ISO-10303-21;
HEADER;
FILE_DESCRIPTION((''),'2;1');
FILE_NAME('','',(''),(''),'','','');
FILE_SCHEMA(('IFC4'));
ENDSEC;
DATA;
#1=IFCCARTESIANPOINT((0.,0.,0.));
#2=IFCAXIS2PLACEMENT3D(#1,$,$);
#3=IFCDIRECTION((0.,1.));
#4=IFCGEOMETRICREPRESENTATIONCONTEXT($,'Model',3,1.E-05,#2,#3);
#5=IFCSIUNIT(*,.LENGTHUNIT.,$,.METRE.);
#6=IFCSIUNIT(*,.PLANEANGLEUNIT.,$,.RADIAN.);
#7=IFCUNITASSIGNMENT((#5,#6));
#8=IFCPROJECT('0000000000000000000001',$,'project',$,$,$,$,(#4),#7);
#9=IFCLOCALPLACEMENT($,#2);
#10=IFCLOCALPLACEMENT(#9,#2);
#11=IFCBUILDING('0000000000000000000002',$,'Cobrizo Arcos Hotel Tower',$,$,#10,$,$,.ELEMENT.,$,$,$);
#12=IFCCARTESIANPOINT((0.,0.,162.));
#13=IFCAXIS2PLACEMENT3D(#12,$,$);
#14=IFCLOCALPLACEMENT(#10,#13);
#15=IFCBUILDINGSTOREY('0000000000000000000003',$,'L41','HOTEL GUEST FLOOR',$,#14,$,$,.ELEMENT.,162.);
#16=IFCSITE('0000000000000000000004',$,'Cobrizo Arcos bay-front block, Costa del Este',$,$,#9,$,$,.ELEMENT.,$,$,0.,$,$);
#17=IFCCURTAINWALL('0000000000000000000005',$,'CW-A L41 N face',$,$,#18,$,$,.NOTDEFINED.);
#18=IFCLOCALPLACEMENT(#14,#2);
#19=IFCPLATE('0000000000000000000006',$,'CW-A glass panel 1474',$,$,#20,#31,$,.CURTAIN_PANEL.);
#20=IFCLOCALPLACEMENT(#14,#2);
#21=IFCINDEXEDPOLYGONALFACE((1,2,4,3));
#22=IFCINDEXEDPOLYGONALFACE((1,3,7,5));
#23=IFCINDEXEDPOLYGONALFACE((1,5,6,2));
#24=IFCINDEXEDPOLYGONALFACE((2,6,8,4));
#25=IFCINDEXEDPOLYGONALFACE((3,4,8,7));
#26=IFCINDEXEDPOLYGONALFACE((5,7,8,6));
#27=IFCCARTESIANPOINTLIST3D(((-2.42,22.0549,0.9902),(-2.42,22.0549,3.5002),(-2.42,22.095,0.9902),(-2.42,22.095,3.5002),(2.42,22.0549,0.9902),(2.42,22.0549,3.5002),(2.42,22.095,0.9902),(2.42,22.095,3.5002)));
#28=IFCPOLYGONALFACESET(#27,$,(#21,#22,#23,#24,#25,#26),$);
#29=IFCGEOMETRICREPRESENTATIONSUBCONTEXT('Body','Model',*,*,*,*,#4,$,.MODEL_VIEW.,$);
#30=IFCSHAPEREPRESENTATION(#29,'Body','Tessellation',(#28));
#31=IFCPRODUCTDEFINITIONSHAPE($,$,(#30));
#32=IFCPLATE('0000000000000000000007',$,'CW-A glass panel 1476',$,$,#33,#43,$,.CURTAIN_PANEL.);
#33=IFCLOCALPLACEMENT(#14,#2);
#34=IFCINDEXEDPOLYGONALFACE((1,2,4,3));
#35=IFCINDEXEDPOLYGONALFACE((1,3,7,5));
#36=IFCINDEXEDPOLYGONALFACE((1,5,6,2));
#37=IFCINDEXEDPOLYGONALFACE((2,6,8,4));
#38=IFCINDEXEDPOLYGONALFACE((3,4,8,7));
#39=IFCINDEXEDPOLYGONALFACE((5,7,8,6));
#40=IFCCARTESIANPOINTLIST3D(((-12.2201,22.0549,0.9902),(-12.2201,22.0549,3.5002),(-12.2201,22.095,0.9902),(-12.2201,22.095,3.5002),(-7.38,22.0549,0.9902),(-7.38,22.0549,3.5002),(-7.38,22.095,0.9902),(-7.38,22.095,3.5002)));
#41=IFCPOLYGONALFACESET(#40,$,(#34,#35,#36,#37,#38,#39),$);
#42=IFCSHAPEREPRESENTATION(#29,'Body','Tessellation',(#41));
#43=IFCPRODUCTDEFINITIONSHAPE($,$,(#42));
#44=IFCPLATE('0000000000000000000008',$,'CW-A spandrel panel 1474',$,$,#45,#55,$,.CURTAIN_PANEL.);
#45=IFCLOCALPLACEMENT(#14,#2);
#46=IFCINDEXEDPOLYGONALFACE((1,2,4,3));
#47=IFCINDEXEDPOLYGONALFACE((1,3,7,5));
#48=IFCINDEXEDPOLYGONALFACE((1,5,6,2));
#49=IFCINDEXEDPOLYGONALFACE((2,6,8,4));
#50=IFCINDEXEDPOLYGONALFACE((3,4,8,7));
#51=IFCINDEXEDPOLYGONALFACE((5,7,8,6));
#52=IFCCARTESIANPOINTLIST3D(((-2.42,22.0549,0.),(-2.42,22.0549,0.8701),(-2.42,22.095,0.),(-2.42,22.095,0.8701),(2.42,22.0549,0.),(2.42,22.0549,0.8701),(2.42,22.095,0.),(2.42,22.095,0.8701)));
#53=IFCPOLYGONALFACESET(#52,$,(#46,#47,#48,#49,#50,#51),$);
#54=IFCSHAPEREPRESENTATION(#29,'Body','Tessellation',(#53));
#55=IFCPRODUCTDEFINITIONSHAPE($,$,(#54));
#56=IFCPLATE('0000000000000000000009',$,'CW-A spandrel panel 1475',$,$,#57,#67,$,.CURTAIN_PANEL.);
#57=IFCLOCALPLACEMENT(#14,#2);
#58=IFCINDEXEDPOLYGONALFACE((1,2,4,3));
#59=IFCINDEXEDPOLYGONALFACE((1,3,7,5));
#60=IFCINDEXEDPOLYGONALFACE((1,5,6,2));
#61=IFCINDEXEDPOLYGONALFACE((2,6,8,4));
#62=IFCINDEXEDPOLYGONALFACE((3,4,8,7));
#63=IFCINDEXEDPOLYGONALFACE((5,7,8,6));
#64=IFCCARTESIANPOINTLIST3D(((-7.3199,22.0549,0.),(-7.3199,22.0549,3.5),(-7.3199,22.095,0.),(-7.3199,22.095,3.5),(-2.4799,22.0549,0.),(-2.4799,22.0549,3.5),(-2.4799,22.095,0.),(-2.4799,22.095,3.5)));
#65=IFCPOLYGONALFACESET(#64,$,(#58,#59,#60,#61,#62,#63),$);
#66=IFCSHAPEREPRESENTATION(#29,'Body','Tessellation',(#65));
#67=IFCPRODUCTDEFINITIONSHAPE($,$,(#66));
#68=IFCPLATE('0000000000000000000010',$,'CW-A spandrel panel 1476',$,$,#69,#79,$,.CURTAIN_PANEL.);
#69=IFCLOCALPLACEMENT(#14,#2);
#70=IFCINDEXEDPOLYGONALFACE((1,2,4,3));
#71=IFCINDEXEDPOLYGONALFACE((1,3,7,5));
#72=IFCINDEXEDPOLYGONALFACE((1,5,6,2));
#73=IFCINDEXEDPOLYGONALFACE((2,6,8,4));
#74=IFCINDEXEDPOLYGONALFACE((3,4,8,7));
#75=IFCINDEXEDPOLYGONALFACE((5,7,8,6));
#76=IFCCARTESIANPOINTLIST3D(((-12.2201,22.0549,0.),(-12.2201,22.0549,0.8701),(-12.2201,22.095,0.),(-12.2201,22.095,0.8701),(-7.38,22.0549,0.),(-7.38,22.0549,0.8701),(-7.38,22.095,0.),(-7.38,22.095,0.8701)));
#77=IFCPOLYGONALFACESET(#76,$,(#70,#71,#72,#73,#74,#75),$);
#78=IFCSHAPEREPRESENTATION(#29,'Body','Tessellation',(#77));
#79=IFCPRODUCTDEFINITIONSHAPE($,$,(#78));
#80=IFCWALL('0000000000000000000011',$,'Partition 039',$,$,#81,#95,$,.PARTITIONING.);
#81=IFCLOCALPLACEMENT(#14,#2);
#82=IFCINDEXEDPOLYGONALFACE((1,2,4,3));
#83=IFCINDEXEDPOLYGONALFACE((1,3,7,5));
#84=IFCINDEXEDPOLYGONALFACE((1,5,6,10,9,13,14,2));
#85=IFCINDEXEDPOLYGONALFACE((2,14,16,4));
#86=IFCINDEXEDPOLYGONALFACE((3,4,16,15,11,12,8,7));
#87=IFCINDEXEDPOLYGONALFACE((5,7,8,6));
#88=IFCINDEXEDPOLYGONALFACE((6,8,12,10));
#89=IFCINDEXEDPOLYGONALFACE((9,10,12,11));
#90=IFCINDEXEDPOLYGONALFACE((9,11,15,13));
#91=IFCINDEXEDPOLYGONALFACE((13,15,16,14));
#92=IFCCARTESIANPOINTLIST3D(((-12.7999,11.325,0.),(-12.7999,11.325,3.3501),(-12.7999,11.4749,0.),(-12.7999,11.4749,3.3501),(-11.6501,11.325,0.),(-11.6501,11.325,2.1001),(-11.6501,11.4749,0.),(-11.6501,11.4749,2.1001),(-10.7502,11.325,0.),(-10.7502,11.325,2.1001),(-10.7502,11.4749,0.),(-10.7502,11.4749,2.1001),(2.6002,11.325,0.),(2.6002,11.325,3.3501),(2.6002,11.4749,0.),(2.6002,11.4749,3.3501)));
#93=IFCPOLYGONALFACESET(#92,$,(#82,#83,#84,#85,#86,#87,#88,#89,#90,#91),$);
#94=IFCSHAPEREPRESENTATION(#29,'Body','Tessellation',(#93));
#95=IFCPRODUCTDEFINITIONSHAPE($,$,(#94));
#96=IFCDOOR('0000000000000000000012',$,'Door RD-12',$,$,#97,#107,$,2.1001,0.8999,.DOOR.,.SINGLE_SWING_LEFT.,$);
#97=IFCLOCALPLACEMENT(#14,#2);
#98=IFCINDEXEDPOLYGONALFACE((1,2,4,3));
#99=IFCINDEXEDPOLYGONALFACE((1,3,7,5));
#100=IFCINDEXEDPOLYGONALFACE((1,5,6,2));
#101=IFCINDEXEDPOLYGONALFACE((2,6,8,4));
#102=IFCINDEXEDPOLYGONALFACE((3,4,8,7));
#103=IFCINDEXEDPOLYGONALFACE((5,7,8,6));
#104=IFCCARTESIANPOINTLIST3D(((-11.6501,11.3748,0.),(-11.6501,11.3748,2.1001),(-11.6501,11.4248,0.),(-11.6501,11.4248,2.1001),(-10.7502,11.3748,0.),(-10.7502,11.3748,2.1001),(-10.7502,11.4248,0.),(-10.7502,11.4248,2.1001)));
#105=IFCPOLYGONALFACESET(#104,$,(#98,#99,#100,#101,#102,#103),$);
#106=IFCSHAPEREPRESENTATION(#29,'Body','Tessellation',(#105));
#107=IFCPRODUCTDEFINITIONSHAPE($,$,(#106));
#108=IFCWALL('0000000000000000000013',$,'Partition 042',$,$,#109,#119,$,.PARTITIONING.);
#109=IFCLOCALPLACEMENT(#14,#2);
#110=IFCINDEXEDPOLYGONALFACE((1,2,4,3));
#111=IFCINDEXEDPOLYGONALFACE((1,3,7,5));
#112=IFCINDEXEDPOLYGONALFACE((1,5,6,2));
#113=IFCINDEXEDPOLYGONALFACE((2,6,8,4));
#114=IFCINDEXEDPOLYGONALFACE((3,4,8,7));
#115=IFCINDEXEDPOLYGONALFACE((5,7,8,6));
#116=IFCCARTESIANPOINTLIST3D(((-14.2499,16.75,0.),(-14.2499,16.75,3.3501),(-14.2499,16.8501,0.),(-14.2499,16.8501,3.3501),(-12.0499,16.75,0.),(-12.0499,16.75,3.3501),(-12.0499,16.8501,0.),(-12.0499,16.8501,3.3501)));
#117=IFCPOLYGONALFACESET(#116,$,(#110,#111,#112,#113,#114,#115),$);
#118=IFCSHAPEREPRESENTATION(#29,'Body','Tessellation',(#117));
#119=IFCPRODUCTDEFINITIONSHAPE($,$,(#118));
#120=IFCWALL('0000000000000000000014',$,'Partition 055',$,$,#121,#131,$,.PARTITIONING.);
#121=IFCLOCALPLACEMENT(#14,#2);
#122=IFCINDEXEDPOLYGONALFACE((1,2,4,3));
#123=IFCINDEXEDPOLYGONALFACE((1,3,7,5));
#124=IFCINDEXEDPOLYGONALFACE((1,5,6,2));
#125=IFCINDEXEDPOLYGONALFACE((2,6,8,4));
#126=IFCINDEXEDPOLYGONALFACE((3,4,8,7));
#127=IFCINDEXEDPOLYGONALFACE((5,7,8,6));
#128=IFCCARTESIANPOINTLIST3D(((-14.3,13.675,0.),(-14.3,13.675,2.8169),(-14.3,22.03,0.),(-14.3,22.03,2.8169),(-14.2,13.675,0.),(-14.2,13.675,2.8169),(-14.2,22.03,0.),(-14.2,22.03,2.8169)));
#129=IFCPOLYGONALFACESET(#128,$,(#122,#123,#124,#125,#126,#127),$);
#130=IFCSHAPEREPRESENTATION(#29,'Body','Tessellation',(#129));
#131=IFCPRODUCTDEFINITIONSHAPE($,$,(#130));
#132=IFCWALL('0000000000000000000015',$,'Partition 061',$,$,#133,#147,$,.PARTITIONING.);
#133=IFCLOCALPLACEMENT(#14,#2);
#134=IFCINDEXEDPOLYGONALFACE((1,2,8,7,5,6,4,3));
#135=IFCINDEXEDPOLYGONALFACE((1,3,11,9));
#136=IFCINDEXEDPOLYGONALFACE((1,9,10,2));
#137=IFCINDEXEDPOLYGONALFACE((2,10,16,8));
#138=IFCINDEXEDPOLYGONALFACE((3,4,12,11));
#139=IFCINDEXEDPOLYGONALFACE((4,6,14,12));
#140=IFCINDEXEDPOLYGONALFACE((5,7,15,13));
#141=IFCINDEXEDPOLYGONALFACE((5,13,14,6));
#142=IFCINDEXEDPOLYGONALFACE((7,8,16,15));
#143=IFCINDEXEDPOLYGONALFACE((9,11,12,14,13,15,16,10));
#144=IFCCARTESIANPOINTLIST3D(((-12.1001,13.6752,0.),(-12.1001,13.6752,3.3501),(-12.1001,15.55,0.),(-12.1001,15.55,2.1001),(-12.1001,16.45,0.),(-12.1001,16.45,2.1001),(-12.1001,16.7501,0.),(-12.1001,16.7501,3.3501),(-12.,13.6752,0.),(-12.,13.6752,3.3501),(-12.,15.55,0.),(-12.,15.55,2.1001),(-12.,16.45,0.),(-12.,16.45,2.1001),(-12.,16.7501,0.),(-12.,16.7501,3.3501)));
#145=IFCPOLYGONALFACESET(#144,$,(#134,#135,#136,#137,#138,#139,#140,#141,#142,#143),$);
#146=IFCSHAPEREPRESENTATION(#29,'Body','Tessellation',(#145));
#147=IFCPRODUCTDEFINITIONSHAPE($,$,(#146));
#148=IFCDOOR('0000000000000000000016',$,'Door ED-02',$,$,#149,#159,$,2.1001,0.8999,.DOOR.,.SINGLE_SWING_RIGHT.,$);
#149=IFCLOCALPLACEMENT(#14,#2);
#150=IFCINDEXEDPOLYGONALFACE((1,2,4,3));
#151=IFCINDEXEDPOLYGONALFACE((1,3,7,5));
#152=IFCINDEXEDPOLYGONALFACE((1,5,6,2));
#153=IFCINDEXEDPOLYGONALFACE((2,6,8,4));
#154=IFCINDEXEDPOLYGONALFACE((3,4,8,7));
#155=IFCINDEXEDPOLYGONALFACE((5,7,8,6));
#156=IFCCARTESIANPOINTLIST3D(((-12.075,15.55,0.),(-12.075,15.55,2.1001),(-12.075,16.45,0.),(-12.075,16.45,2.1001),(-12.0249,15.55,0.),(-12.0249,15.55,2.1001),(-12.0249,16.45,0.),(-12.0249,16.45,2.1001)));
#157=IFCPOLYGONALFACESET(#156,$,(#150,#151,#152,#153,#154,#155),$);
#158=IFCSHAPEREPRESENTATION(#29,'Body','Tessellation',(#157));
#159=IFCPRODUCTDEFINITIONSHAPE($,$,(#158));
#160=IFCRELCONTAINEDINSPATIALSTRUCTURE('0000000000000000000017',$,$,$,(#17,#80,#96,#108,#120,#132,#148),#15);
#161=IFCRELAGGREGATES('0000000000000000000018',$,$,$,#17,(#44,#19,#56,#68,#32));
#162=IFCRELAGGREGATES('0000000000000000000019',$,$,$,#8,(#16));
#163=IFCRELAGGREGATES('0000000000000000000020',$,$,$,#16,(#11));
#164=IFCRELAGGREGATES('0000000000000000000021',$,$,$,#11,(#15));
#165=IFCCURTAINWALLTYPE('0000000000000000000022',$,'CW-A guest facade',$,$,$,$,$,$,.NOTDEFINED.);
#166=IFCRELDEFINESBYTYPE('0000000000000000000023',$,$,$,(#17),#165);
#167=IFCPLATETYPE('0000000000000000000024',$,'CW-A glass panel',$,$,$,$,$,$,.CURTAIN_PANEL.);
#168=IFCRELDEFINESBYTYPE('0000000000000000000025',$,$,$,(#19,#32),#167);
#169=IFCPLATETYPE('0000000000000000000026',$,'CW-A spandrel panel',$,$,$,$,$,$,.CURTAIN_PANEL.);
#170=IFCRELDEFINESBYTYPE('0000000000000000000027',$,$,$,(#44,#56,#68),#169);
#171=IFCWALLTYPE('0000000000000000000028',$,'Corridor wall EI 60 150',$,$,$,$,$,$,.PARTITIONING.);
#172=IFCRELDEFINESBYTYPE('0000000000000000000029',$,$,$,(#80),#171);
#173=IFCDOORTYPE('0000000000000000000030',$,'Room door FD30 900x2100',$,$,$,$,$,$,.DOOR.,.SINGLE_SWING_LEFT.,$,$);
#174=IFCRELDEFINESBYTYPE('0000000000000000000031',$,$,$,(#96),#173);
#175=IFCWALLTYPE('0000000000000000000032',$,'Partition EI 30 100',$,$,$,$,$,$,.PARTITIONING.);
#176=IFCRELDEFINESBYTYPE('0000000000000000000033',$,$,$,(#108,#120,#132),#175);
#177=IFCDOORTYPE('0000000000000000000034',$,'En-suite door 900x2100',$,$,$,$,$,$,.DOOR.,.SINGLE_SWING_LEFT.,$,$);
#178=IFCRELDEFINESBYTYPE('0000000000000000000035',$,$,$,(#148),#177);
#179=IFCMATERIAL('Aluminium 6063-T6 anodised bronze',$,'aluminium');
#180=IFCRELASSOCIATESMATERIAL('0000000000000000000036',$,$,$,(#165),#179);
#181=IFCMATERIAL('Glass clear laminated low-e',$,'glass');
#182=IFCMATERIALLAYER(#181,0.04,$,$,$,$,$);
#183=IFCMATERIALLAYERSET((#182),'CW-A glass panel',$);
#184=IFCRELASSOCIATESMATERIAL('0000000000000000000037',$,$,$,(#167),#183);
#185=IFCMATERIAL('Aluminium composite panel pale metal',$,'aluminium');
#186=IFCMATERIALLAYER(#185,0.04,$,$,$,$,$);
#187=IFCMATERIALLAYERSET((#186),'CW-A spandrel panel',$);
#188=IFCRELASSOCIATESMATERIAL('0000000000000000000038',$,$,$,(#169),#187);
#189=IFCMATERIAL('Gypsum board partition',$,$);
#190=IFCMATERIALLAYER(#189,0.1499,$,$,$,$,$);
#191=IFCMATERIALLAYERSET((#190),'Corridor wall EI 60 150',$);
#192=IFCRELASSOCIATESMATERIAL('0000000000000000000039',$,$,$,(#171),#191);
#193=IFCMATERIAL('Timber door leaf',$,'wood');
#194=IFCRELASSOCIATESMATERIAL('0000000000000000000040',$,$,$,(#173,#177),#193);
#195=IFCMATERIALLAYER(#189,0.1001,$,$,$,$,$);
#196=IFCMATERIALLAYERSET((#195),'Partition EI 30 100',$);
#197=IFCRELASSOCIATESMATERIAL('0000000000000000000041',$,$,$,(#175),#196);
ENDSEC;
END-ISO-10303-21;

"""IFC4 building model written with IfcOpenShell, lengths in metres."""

from ifc_helpers import new_model, si_unit, direction, frame, frame_2d, origin, origin_2d, place, context, subcontext, project, spatial, rectangle, extrude, material, layer, layer_set, type_object, element, fill, aggregate, save


model = new_model("IFC4")

# Units and contexts
model_context = context("Model", 3, precision=1e-05, world=origin(), true_north=direction((0.0, 1.0)))
body_context = subcontext(model_context, "Body", "Model", "MODEL_VIEW")
ifc_project = project(units=[si_unit("LENGTHUNIT", "METRE"), si_unit("PLANEANGLEUNIT", "RADIAN")], contexts=[model_context])

# Site, building, storey
site_placement = place(None, origin())
site = spatial("IfcSite", under=ifc_project, at=site_placement, Name="Cobrizo Arcos bay-front block, Costa del Este", CompositionType="ELEMENT", RefElevation=0.0)
building_placement = place(site_placement, origin())
building = spatial("IfcBuilding", under=site, at=building_placement, Name="Cobrizo Arcos Hotel Tower", CompositionType="ELEMENT")
storey_placement = place(building_placement, frame((0.0, 0.0, 162.0)))
storey = spatial("IfcBuildingStorey", under=building, at=storey_placement, Name="L41", Description="HOTEL GUEST FLOOR", CompositionType="ELEMENT", Elevation=162.0)

# Curtain wall
ifc_material_1 = material(Name="Aluminium 6063-T6 anodised bronze", Category="aluminium")
curtain_wall_type = type_object("IfcCurtainWallType", Name="CW-A guest facade", PredefinedType="NOTDEFINED", material=ifc_material_1)
curtain_wall_placement = place(storey_placement, origin())
curtain_wall = element("IfcCurtainWall", 1, at=curtain_wall_placement, inside=storey, type_object=curtain_wall_type, Name="CW-A L41 N face", PredefinedType="NOTDEFINED")

# Plates
ifc_material_2 = material(Name="Glass clear laminated low-e", Category="glass")
ifc_layer_1 = layer(ifc_material_2, 0.04)
ifc_layer_set_1 = layer_set([ifc_layer_1], Name="CW-A glass panel")
plate_type_1 = type_object("IfcPlateType", Name="CW-A glass panel", PredefinedType="CURTAIN_PANEL", material=ifc_layer_set_1)
plate_1_placement = place(storey_placement, frame((0.0, 22.075, 0.9902), z_axis=(0.0, 0.0, 1.0), x_axis=(-1.0, 0.0, 0.0)))
plate_1 = element("IfcPlate", 2, at=plate_1_placement, type_object=plate_type_1, Name="CW-A glass panel 1474", PredefinedType="CURTAIN_PANEL", context=body_context, shape_type="SweptSolid", body=[
    extrude(rectangle(XDim=4.8401, YDim=0.04, at=origin_2d()), origin(), (0.0, 0.0, 1.0), 2.51),
])
plate_2_placement = place(storey_placement, frame((-9.8, 22.075, 0.9902), z_axis=(0.0, 0.0, 1.0), x_axis=(-1.0, 0.0, 0.0)))
plate_2 = element("IfcPlate", 3, at=plate_2_placement, type_object=plate_type_1, Name="CW-A glass panel 1476", PredefinedType="CURTAIN_PANEL", context=body_context, shape_type="SweptSolid", body=[
    extrude(rectangle(XDim=4.8401, YDim=0.04, at=origin_2d()), origin(), (0.0, 0.0, 1.0), 2.51),
])
ifc_material_3 = material(Name="Aluminium composite panel pale metal", Category="aluminium")
ifc_layer_2 = layer(ifc_material_3, 0.04)
ifc_layer_set_2 = layer_set([ifc_layer_2], Name="CW-A spandrel panel")
plate_type_2 = type_object("IfcPlateType", Name="CW-A spandrel panel", PredefinedType="CURTAIN_PANEL", material=ifc_layer_set_2)
plate_3_placement = place(storey_placement, frame((0.0, 22.075, 0.0), z_axis=(0.0, 0.0, 1.0), x_axis=(-1.0, 0.0, 0.0)))
plate_3 = element("IfcPlate", 4, at=plate_3_placement, type_object=plate_type_2, Name="CW-A spandrel panel 1474", PredefinedType="CURTAIN_PANEL", context=body_context, shape_type="SweptSolid", body=[
    extrude(rectangle(XDim=4.8401, YDim=0.04, at=origin_2d()), origin(), (0.0, 0.0, 1.0), 0.8701),
])
plate_4_placement = place(storey_placement, frame((-4.8999, 22.075, 0.0), z_axis=(0.0, 0.0, 1.0), x_axis=(-1.0, 0.0, 0.0)))
plate_4 = element("IfcPlate", 5, at=plate_4_placement, type_object=plate_type_2, Name="CW-A spandrel panel 1475", PredefinedType="CURTAIN_PANEL", context=body_context, shape_type="SweptSolid", body=[
    extrude(rectangle(XDim=4.8401, YDim=0.04, at=origin_2d()), origin(), (0.0, 0.0, 1.0), 3.5),
])
plate_5_placement = place(storey_placement, frame((-9.8, 22.075, 0.0), z_axis=(0.0, 0.0, 1.0), x_axis=(-1.0, 0.0, 0.0)))
plate_5 = element("IfcPlate", 6, at=plate_5_placement, type_object=plate_type_2, Name="CW-A spandrel panel 1476", PredefinedType="CURTAIN_PANEL", context=body_context, shape_type="SweptSolid", body=[
    extrude(rectangle(XDim=4.8401, YDim=0.04, at=origin_2d()), origin(), (0.0, 0.0, 1.0), 0.8701),
])
aggregate(curtain_wall, [plate_3, plate_1, plate_4, plate_5, plate_2])

# Wall, opening, door
ifc_material_4 = material(Name="Gypsum board partition")
ifc_layer_3 = layer(ifc_material_4, 0.1499)
ifc_layer_set_3 = layer_set([ifc_layer_3], Name="Corridor wall EI 60 150")
wall_type_1 = type_object("IfcWallType", Name="Corridor wall EI 60 150", PredefinedType="PARTITIONING", material=ifc_layer_set_3)
wall_1_placement = place(storey_placement, frame((-12.8, 11.3999, 0.0), z_axis=(0.0, 0.0, 1.0), x_axis=(1.0, 0.0, 0.0)))
wall_1 = element("IfcWall", 7, at=wall_1_placement, inside=storey, type_object=wall_type_1, Name="Partition 039", PredefinedType="PARTITIONING", context=body_context, shape_type="SweptSolid", body=[
    extrude(rectangle(XDim=15.4001, YDim=0.1499, at=frame_2d((7.7002, 0.0))), origin(), (0.0, 0.0, 1.0), 3.3501),
])
opening_1_placement = place(wall_1_placement, frame((1.1499, 0.0, 0.0)))
opening_1 = element("IfcOpeningElement", 8, at=opening_1_placement, cuts=wall_1, PredefinedType="OPENING", context=body_context, shape_type="SweptSolid", body=[
    extrude(rectangle(XDim=0.8999, YDim=2.1001, at=frame_2d((0.45, 1.05))), frame((0.0, 0.0869, 0.0), z_axis=(0.0, -1.0, 0.0), x_axis=(1.0, 0.0, 0.0)), (0.0, 0.0, 1.0), 0.1738),
])
ifc_material_5 = material(Name="Timber door leaf", Category="wood")
door_type_1 = type_object("IfcDoorType", Name="Room door FD30 900x2100", OperationType="SINGLE_SWING_LEFT", PredefinedType="DOOR", material=ifc_material_5)
door_1_placement = place(opening_1_placement, origin())
door_1 = element("IfcDoor", 9, at=door_1_placement, inside=storey, type_object=door_type_1, Name="Door RD-12", OperationType="SINGLE_SWING_LEFT", OverallHeight=2.1001, OverallWidth=0.8999, PredefinedType="DOOR", context=body_context, shape_type="SweptSolid", body=[
    extrude(rectangle(XDim=0.8999, YDim=2.1001, at=frame_2d((0.45, 1.05))), frame((0.0, 0.0249, 0.0), z_axis=(0.0, -1.0, 0.0), x_axis=(1.0, 0.0, 0.0)), (0.0, 0.0, 1.0), 0.05),
])
fill(opening_1, door_1)

# Walls
ifc_layer_4 = layer(ifc_material_4, 0.1001)
ifc_layer_set_4 = layer_set([ifc_layer_4], Name="Partition EI 30 100")
wall_type_2 = type_object("IfcWallType", Name="Partition EI 30 100", PredefinedType="PARTITIONING", material=ifc_layer_set_4)
wall_2_placement = place(storey_placement, frame((-14.25, 16.8, 0.0), z_axis=(0.0, 0.0, 1.0), x_axis=(1.0, 0.0, 0.0)))
element("IfcWall", 10, at=wall_2_placement, inside=storey, type_object=wall_type_2, Name="Partition 042", PredefinedType="PARTITIONING", context=body_context, shape_type="SweptSolid", body=[
    extrude(rectangle(XDim=2.2, YDim=0.1001, at=frame_2d((1.1001, 0.0))), origin(), (0.0, 0.0, 1.0), 3.3501),
])
wall_3_placement = place(storey_placement, frame((-14.25, 13.675, 0.0), z_axis=(0.0, 0.0, 1.0), x_axis=(0.0, 1.0, 0.0)))
element("IfcWall", 11, at=wall_3_placement, inside=storey, type_object=wall_type_2, Name="Partition 055", PredefinedType="PARTITIONING", context=body_context, shape_type="SweptSolid", body=[
    extrude(rectangle(XDim=8.355, YDim=0.1001, at=frame_2d((4.1775, 0.0))), origin(), (0.0, 0.0, 1.0), 2.8169),
])

# Wall, opening, door
wall_4_placement = place(storey_placement, frame((-12.05, 13.675, 0.0), z_axis=(0.0, 0.0, 1.0), x_axis=(0.0, 1.0, 0.0)))
wall_4 = element("IfcWall", 12, at=wall_4_placement, inside=storey, type_object=wall_type_2, Name="Partition 061", PredefinedType="PARTITIONING", context=body_context, shape_type="SweptSolid", body=[
    extrude(rectangle(XDim=3.075, YDim=0.1001, at=frame_2d((1.5376, 0.0))), origin(), (0.0, 0.0, 1.0), 3.3501),
])
opening_2_placement = place(wall_4_placement, frame((1.875, 0.0, 0.0)))
opening_2 = element("IfcOpeningElement", 13, at=opening_2_placement, cuts=wall_4, PredefinedType="OPENING", context=body_context, shape_type="SweptSolid", body=[
    extrude(rectangle(XDim=0.8999, YDim=2.1001, at=frame_2d((0.45, 1.05))), frame((0.0, 0.062, 0.0), z_axis=(0.0, -1.0, 0.0), x_axis=(1.0, 0.0, 0.0)), (0.0, 0.0, 1.0), 0.124),
])
door_type_2 = type_object("IfcDoorType", Name="En-suite door 900x2100", OperationType="SINGLE_SWING_LEFT", PredefinedType="DOOR", material=ifc_material_5)
door_2_placement = place(opening_2_placement, origin())
door_2 = element("IfcDoor", 14, at=door_2_placement, inside=storey, type_object=door_type_2, Name="Door ED-02", OperationType="SINGLE_SWING_RIGHT", OverallHeight=2.1001, OverallWidth=0.8999, PredefinedType="DOOR", context=body_context, shape_type="SweptSolid", body=[
    extrude(rectangle(XDim=0.8999, YDim=2.1001, at=frame_2d((0.45, 1.05))), frame((0.0, 0.0249, 0.0), z_axis=(0.0, -1.0, 0.0), x_axis=(1.0, 0.0, 0.0)), (0.0, 0.0, 1.0), 0.05),
])
fill(opening_2, door_2)

save(model, "model.ifc")
